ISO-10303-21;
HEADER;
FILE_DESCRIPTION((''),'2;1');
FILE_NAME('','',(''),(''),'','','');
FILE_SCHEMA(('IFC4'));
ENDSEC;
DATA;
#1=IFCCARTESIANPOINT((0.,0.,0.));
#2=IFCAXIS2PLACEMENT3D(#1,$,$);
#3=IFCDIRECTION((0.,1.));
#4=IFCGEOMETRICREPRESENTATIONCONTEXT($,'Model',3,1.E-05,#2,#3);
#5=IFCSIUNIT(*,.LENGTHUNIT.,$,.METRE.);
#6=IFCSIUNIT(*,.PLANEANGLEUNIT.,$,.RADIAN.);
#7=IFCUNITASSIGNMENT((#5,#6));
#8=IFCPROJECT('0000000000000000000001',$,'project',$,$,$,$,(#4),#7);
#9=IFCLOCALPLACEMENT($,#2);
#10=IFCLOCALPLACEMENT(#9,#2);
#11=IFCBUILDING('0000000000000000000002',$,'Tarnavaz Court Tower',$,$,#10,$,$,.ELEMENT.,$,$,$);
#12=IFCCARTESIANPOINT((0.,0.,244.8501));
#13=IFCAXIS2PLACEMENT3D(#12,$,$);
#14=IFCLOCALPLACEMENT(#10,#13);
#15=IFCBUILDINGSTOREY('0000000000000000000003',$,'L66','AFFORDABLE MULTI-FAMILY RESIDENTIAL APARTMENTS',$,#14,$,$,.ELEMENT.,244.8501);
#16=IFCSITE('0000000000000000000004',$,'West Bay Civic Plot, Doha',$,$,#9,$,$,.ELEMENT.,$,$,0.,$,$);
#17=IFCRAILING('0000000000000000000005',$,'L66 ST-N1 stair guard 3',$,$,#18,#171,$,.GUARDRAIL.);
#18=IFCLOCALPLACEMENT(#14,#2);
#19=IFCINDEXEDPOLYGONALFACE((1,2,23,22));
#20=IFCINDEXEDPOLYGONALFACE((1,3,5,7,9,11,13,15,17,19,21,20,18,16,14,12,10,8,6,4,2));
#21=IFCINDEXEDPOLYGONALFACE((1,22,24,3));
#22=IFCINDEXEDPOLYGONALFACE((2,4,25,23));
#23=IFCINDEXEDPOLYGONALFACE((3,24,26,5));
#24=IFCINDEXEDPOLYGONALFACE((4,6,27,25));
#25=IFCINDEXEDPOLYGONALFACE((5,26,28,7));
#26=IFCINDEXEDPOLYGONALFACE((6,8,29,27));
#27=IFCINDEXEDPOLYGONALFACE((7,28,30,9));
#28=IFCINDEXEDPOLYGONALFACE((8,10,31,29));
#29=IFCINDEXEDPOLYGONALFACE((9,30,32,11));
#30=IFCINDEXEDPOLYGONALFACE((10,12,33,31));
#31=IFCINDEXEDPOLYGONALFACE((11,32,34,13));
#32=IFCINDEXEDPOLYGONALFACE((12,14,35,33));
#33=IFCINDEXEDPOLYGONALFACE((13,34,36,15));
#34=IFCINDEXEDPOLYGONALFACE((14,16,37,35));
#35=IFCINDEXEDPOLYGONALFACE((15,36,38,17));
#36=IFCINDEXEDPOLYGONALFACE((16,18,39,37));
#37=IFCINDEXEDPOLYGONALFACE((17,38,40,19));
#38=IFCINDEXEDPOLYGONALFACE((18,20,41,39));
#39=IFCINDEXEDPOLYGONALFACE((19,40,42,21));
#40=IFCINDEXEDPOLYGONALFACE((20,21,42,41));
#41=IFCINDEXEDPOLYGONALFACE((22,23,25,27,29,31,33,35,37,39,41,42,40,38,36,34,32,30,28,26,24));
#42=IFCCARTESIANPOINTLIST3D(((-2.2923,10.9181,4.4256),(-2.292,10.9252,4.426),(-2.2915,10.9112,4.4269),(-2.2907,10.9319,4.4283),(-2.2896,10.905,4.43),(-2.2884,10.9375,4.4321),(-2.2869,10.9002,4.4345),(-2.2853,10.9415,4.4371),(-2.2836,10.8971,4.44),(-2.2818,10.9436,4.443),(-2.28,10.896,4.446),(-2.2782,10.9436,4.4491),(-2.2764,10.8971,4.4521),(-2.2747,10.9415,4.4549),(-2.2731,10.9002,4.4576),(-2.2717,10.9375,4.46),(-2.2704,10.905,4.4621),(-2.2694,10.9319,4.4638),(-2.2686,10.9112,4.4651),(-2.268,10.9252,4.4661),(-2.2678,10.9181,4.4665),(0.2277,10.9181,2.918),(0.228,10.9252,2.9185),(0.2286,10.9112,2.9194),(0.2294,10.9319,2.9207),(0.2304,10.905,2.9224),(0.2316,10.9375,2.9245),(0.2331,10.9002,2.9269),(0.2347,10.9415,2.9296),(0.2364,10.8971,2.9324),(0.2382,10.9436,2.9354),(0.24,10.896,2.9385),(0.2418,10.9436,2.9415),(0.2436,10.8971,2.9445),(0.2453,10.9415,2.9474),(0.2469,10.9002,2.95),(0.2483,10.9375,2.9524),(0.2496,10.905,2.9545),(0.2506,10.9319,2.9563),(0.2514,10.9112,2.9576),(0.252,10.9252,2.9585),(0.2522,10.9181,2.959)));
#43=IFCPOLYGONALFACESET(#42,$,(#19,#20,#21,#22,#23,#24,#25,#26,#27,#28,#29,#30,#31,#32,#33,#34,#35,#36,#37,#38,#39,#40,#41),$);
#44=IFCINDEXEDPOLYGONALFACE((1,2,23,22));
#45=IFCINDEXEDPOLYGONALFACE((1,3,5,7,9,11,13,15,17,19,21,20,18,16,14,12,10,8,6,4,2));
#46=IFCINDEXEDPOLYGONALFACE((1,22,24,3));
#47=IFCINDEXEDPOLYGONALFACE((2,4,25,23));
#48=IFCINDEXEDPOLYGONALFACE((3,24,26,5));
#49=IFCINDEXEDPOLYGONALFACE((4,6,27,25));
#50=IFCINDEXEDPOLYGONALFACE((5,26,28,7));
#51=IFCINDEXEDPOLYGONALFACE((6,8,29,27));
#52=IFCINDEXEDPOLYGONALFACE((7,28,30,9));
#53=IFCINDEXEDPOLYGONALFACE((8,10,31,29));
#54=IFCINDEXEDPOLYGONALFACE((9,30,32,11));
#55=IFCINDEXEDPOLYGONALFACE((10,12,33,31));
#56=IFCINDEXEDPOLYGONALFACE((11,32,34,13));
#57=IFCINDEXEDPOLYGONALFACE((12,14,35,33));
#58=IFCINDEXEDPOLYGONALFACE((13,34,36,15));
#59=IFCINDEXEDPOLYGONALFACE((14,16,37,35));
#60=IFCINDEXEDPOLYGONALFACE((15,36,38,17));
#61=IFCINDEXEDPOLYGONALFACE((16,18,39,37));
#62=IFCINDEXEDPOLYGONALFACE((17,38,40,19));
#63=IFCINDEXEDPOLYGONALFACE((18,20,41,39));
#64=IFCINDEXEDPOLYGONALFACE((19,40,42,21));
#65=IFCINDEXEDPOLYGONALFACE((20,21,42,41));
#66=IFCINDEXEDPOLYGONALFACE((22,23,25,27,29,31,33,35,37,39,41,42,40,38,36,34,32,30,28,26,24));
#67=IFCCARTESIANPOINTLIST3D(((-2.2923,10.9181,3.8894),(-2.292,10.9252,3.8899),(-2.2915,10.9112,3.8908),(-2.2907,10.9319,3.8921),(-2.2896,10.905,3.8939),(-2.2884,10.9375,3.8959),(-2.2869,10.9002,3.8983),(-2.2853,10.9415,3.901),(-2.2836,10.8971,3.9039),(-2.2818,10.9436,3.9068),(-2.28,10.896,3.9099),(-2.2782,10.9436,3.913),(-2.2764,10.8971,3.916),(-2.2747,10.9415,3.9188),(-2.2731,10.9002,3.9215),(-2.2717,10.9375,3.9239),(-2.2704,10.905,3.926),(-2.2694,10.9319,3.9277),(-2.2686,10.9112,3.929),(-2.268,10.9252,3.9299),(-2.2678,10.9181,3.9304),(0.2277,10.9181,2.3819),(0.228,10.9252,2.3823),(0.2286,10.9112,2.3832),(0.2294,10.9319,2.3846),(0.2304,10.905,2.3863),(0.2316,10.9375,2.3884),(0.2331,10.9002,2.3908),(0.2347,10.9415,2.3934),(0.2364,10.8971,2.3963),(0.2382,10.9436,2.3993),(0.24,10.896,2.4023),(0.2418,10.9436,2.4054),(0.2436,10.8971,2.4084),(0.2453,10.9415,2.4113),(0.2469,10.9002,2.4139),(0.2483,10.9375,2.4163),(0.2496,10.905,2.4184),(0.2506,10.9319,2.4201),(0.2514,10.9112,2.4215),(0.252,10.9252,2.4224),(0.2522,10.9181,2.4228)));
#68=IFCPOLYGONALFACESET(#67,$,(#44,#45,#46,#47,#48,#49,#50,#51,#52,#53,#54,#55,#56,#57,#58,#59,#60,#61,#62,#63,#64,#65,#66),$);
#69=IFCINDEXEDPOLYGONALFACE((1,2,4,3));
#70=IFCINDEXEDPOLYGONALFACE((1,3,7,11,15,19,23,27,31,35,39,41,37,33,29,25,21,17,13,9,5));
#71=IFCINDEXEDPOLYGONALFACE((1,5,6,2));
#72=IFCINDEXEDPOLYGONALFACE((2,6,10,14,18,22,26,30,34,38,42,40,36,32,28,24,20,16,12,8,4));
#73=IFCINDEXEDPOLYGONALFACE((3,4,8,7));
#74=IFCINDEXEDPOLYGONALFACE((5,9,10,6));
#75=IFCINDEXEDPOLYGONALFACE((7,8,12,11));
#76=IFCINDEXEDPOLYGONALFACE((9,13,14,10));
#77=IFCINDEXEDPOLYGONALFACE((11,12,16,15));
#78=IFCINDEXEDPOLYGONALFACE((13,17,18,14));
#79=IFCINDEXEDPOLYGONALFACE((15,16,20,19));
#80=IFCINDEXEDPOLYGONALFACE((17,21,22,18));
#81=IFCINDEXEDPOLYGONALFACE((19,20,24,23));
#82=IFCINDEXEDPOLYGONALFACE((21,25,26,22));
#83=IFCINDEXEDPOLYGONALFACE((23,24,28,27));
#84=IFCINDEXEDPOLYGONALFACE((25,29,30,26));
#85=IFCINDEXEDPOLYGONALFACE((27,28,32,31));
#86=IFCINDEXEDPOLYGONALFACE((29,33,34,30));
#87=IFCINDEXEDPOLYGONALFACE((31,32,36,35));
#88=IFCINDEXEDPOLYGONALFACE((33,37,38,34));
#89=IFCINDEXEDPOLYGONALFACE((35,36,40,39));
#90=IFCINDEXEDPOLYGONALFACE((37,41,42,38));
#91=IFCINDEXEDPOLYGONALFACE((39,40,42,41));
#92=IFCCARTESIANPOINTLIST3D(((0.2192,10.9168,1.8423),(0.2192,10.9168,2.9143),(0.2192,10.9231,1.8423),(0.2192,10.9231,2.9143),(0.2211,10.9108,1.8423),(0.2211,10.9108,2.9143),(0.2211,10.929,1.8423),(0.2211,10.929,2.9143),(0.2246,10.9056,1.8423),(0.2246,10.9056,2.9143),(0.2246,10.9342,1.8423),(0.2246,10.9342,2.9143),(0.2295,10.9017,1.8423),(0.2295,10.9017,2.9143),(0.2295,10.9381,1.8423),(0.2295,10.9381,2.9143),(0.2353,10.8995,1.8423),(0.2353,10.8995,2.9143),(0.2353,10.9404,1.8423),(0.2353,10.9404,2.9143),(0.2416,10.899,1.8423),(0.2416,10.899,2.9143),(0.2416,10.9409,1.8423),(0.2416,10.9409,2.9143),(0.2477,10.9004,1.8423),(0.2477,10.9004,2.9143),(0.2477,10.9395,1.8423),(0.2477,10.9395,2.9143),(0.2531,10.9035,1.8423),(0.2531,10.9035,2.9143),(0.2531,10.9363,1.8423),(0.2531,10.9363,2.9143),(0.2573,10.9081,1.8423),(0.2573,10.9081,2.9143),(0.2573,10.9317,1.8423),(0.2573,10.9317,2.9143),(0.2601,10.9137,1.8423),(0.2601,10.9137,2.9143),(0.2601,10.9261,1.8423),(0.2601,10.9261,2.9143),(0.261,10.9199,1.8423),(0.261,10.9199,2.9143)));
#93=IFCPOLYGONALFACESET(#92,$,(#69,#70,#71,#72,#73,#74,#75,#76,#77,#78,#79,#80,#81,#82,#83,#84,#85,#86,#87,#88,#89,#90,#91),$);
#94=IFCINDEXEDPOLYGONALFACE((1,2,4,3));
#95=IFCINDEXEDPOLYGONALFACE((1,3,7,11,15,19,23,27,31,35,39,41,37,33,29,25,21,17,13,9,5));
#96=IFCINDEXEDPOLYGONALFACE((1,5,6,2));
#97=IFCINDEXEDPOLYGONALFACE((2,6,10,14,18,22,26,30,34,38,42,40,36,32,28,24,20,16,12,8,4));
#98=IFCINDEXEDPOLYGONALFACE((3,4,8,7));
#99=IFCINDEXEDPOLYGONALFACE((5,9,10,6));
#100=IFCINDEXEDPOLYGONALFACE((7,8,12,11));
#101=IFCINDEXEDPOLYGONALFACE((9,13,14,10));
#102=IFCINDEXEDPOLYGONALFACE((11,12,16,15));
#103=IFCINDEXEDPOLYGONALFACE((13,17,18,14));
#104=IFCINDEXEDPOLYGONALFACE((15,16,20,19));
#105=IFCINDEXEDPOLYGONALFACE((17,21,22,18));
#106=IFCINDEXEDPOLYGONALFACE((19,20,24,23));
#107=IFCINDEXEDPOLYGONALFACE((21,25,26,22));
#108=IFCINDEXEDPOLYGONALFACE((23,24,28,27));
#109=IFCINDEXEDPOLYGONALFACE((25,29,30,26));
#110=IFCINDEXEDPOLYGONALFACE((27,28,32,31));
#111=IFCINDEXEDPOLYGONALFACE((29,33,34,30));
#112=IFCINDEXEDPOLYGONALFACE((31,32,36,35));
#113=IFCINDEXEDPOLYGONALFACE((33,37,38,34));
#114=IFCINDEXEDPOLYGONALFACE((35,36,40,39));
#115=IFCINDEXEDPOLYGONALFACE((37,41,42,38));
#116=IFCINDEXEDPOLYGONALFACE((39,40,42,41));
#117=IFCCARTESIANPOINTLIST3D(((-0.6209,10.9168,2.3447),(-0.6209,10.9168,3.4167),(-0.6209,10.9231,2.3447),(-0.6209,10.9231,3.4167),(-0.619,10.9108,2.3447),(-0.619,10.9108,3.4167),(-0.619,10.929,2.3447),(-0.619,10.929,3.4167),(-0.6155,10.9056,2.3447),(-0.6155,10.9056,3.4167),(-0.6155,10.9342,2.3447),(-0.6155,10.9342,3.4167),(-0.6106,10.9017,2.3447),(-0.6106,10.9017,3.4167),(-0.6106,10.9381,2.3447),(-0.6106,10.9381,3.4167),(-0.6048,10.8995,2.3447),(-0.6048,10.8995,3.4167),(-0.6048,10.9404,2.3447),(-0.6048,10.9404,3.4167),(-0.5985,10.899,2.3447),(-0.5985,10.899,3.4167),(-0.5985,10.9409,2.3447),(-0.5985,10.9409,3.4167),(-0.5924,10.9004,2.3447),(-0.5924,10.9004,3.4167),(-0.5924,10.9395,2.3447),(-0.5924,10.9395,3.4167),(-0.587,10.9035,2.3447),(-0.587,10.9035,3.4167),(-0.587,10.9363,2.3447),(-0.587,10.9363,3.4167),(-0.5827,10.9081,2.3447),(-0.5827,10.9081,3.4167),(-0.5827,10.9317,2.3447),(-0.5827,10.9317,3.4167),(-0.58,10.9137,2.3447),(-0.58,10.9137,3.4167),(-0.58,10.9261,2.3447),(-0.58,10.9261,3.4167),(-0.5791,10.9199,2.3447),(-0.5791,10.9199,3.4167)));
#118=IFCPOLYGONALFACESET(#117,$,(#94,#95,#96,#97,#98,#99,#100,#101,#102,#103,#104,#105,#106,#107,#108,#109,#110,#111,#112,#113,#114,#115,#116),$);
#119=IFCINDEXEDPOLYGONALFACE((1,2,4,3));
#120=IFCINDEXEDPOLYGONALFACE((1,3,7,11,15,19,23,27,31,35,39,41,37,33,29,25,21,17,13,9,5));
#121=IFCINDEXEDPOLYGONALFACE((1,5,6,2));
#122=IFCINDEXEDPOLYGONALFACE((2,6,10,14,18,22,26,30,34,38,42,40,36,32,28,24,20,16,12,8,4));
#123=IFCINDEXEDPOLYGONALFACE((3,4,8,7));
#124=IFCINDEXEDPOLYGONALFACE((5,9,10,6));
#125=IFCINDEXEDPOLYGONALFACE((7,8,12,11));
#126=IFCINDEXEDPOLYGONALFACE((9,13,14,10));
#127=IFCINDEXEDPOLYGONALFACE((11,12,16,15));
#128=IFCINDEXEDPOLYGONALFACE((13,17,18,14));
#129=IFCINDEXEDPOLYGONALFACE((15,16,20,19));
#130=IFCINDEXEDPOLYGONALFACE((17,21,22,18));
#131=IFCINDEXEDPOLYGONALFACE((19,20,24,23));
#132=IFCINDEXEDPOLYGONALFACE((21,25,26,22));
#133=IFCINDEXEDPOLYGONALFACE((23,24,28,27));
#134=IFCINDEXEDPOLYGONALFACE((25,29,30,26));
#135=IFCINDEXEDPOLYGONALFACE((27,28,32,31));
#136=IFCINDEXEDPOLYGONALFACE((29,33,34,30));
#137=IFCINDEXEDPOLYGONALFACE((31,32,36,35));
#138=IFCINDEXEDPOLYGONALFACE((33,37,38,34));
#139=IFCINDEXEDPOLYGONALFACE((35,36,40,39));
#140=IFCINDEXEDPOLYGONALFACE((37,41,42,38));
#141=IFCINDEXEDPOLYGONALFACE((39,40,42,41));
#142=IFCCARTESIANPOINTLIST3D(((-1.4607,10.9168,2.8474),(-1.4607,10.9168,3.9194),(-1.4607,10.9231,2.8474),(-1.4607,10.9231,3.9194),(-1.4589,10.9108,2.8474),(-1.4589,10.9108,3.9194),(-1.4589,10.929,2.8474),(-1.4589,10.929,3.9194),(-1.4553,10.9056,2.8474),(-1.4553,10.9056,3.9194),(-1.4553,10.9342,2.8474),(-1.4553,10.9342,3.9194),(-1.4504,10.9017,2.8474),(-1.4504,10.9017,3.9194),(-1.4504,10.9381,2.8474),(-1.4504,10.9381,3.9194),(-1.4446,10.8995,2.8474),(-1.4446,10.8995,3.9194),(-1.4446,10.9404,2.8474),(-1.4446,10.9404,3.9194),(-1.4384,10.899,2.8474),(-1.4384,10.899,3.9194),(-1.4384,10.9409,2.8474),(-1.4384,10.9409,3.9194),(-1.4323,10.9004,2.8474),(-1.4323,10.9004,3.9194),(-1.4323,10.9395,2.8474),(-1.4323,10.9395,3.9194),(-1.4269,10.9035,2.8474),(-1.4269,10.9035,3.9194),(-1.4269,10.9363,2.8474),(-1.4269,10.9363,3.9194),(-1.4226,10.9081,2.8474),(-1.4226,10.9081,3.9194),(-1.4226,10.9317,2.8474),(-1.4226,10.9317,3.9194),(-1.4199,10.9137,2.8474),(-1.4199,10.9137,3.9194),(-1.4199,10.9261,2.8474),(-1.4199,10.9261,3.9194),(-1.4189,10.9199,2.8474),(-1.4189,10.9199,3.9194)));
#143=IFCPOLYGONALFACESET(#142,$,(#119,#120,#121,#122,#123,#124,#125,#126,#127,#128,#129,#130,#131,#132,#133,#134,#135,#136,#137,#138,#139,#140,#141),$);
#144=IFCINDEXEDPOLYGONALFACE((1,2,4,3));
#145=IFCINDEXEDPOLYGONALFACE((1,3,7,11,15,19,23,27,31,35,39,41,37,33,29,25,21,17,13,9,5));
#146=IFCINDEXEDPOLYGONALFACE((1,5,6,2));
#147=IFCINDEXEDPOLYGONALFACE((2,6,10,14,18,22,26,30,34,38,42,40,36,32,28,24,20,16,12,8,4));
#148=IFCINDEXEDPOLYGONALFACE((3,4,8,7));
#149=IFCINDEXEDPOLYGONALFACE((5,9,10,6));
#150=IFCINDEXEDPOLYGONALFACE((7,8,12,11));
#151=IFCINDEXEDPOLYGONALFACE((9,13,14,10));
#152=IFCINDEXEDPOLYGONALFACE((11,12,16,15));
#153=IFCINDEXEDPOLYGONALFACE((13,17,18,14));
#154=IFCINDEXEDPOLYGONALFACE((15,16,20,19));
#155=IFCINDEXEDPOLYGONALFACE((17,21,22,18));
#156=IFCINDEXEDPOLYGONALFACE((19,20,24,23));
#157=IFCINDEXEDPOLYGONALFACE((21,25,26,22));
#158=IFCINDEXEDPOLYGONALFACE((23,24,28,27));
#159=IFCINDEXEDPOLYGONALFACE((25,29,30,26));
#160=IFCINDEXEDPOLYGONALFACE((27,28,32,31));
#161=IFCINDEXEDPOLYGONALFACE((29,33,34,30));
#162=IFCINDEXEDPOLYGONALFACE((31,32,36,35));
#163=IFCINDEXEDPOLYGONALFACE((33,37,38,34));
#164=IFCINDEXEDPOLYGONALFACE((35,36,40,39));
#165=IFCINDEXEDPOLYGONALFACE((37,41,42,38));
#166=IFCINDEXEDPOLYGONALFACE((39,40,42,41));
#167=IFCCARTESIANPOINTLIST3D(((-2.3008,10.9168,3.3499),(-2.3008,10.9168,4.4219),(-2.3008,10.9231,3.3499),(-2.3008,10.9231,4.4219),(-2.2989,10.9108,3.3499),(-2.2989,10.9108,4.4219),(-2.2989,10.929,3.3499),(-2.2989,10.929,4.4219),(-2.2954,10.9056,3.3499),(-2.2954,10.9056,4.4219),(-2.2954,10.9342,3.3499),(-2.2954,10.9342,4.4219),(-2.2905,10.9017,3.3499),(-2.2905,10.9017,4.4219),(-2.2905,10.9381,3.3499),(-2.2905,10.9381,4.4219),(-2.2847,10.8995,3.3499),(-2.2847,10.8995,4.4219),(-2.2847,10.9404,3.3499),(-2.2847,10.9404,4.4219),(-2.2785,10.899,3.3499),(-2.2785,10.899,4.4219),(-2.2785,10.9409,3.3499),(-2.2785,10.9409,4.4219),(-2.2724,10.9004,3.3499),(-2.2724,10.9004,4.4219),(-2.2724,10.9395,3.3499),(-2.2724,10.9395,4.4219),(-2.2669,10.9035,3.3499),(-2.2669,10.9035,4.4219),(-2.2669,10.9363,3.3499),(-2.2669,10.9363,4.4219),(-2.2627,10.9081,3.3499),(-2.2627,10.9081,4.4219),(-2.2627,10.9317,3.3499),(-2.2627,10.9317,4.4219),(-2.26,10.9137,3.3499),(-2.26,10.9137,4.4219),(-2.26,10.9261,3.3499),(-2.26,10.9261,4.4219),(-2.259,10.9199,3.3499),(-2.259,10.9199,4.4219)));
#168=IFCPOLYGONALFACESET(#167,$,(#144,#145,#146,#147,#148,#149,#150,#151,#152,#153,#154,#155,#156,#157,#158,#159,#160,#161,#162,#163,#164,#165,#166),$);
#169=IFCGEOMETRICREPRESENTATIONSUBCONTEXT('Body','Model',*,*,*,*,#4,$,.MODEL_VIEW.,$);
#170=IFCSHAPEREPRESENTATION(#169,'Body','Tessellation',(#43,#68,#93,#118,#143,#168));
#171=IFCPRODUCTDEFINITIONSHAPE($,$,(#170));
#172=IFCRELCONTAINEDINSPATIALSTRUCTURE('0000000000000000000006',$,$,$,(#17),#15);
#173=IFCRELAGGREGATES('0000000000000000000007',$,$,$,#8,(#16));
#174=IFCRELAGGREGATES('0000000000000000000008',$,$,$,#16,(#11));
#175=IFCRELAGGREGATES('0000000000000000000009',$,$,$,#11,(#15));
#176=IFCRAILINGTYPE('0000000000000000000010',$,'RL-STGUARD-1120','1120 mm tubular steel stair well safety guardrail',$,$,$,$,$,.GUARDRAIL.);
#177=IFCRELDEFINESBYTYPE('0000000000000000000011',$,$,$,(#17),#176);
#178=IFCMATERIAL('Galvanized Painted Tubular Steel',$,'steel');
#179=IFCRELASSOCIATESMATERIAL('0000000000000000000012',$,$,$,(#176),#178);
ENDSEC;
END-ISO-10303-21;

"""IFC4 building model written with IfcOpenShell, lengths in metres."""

from ifc_helpers import new_model, si_unit, direction, frame, origin, origin_2d, place, context, subcontext, project, spatial, circle, extrude, material, type_object, element, save


model = new_model("IFC4")

# Units and contexts
model_context = context("Model", 3, precision=1e-05, world=origin(), true_north=direction((0.0, 1.0)))
body_context = subcontext(model_context, "Body", "Model", "MODEL_VIEW")
ifc_project = project(units=[si_unit("LENGTHUNIT", "METRE"), si_unit("PLANEANGLEUNIT", "RADIAN")], contexts=[model_context])

# Site, building, storey
site_placement = place(None, origin())
site = spatial("IfcSite", under=ifc_project, at=site_placement, Name="West Bay Civic Plot, Doha", CompositionType="ELEMENT", RefElevation=0.0)
building_placement = place(site_placement, origin())
building = spatial("IfcBuilding", under=site, at=building_placement, Name="Tarnavaz Court Tower", CompositionType="ELEMENT")
storey_placement = place(building_placement, frame((0.0, 0.0, 244.8501)))
storey = spatial("IfcBuildingStorey", under=building, at=storey_placement, Name="L66", Description="AFFORDABLE MULTI-FAMILY RESIDENTIAL APARTMENTS", CompositionType="ELEMENT", Elevation=244.8501)

# Railing
ifc_material_1 = material(Name="Galvanized Painted Tubular Steel", Category="steel")
railing_type_1 = type_object("IfcRailingType", Name="RL-STGUARD-1120", Description="1120 mm tubular steel stair well safety guardrail", PredefinedType="GUARDRAIL", material=ifc_material_1)
railing_1_placement = place(storey_placement, frame((0.24, 10.9199, 1.8423)))
element("IfcRailing", 1, at=railing_1_placement, inside=storey, type_object=railing_type_1, Name="L66 ST-N1 stair guard 3", PredefinedType="GUARDRAIL", context=body_context, shape_type="SweptSolid", body=[
    extrude(circle(Radius=0.0239, at=origin_2d()), frame((0.0, 0.0, 1.0962), z_axis=(-0.85816, 0.0, 0.513383), x_axis=(0.0, -1.0, 0.0)), (0.0, 0.0, 1.0), 2.9365),
    extrude(circle(Radius=0.0239, at=origin_2d()), frame((0.0, 0.0, 0.5601), z_axis=(-0.85816, 0.0, 0.513383), x_axis=(0.0, -1.0, 0.0)), (0.0, 0.0, 1.0), 2.9365),
    extrude(circle(Radius=0.021, at=origin_2d()), origin(), (0.0, 0.0, 1.0), 1.072),
    extrude(circle(Radius=0.021, at=origin_2d()), frame((-0.8401, 0.0, 0.5024)), (0.0, 0.0, 1.0), 1.072),
    extrude(circle(Radius=0.021, at=origin_2d()), frame((-1.6799, 0.0, 1.0051)), (0.0, 0.0, 1.0), 1.072),
    extrude(circle(Radius=0.021, at=origin_2d()), frame((-2.52, 0.0, 1.5076)), (0.0, 0.0, 1.0), 1.072),
])

save(model, "model.ifc")
